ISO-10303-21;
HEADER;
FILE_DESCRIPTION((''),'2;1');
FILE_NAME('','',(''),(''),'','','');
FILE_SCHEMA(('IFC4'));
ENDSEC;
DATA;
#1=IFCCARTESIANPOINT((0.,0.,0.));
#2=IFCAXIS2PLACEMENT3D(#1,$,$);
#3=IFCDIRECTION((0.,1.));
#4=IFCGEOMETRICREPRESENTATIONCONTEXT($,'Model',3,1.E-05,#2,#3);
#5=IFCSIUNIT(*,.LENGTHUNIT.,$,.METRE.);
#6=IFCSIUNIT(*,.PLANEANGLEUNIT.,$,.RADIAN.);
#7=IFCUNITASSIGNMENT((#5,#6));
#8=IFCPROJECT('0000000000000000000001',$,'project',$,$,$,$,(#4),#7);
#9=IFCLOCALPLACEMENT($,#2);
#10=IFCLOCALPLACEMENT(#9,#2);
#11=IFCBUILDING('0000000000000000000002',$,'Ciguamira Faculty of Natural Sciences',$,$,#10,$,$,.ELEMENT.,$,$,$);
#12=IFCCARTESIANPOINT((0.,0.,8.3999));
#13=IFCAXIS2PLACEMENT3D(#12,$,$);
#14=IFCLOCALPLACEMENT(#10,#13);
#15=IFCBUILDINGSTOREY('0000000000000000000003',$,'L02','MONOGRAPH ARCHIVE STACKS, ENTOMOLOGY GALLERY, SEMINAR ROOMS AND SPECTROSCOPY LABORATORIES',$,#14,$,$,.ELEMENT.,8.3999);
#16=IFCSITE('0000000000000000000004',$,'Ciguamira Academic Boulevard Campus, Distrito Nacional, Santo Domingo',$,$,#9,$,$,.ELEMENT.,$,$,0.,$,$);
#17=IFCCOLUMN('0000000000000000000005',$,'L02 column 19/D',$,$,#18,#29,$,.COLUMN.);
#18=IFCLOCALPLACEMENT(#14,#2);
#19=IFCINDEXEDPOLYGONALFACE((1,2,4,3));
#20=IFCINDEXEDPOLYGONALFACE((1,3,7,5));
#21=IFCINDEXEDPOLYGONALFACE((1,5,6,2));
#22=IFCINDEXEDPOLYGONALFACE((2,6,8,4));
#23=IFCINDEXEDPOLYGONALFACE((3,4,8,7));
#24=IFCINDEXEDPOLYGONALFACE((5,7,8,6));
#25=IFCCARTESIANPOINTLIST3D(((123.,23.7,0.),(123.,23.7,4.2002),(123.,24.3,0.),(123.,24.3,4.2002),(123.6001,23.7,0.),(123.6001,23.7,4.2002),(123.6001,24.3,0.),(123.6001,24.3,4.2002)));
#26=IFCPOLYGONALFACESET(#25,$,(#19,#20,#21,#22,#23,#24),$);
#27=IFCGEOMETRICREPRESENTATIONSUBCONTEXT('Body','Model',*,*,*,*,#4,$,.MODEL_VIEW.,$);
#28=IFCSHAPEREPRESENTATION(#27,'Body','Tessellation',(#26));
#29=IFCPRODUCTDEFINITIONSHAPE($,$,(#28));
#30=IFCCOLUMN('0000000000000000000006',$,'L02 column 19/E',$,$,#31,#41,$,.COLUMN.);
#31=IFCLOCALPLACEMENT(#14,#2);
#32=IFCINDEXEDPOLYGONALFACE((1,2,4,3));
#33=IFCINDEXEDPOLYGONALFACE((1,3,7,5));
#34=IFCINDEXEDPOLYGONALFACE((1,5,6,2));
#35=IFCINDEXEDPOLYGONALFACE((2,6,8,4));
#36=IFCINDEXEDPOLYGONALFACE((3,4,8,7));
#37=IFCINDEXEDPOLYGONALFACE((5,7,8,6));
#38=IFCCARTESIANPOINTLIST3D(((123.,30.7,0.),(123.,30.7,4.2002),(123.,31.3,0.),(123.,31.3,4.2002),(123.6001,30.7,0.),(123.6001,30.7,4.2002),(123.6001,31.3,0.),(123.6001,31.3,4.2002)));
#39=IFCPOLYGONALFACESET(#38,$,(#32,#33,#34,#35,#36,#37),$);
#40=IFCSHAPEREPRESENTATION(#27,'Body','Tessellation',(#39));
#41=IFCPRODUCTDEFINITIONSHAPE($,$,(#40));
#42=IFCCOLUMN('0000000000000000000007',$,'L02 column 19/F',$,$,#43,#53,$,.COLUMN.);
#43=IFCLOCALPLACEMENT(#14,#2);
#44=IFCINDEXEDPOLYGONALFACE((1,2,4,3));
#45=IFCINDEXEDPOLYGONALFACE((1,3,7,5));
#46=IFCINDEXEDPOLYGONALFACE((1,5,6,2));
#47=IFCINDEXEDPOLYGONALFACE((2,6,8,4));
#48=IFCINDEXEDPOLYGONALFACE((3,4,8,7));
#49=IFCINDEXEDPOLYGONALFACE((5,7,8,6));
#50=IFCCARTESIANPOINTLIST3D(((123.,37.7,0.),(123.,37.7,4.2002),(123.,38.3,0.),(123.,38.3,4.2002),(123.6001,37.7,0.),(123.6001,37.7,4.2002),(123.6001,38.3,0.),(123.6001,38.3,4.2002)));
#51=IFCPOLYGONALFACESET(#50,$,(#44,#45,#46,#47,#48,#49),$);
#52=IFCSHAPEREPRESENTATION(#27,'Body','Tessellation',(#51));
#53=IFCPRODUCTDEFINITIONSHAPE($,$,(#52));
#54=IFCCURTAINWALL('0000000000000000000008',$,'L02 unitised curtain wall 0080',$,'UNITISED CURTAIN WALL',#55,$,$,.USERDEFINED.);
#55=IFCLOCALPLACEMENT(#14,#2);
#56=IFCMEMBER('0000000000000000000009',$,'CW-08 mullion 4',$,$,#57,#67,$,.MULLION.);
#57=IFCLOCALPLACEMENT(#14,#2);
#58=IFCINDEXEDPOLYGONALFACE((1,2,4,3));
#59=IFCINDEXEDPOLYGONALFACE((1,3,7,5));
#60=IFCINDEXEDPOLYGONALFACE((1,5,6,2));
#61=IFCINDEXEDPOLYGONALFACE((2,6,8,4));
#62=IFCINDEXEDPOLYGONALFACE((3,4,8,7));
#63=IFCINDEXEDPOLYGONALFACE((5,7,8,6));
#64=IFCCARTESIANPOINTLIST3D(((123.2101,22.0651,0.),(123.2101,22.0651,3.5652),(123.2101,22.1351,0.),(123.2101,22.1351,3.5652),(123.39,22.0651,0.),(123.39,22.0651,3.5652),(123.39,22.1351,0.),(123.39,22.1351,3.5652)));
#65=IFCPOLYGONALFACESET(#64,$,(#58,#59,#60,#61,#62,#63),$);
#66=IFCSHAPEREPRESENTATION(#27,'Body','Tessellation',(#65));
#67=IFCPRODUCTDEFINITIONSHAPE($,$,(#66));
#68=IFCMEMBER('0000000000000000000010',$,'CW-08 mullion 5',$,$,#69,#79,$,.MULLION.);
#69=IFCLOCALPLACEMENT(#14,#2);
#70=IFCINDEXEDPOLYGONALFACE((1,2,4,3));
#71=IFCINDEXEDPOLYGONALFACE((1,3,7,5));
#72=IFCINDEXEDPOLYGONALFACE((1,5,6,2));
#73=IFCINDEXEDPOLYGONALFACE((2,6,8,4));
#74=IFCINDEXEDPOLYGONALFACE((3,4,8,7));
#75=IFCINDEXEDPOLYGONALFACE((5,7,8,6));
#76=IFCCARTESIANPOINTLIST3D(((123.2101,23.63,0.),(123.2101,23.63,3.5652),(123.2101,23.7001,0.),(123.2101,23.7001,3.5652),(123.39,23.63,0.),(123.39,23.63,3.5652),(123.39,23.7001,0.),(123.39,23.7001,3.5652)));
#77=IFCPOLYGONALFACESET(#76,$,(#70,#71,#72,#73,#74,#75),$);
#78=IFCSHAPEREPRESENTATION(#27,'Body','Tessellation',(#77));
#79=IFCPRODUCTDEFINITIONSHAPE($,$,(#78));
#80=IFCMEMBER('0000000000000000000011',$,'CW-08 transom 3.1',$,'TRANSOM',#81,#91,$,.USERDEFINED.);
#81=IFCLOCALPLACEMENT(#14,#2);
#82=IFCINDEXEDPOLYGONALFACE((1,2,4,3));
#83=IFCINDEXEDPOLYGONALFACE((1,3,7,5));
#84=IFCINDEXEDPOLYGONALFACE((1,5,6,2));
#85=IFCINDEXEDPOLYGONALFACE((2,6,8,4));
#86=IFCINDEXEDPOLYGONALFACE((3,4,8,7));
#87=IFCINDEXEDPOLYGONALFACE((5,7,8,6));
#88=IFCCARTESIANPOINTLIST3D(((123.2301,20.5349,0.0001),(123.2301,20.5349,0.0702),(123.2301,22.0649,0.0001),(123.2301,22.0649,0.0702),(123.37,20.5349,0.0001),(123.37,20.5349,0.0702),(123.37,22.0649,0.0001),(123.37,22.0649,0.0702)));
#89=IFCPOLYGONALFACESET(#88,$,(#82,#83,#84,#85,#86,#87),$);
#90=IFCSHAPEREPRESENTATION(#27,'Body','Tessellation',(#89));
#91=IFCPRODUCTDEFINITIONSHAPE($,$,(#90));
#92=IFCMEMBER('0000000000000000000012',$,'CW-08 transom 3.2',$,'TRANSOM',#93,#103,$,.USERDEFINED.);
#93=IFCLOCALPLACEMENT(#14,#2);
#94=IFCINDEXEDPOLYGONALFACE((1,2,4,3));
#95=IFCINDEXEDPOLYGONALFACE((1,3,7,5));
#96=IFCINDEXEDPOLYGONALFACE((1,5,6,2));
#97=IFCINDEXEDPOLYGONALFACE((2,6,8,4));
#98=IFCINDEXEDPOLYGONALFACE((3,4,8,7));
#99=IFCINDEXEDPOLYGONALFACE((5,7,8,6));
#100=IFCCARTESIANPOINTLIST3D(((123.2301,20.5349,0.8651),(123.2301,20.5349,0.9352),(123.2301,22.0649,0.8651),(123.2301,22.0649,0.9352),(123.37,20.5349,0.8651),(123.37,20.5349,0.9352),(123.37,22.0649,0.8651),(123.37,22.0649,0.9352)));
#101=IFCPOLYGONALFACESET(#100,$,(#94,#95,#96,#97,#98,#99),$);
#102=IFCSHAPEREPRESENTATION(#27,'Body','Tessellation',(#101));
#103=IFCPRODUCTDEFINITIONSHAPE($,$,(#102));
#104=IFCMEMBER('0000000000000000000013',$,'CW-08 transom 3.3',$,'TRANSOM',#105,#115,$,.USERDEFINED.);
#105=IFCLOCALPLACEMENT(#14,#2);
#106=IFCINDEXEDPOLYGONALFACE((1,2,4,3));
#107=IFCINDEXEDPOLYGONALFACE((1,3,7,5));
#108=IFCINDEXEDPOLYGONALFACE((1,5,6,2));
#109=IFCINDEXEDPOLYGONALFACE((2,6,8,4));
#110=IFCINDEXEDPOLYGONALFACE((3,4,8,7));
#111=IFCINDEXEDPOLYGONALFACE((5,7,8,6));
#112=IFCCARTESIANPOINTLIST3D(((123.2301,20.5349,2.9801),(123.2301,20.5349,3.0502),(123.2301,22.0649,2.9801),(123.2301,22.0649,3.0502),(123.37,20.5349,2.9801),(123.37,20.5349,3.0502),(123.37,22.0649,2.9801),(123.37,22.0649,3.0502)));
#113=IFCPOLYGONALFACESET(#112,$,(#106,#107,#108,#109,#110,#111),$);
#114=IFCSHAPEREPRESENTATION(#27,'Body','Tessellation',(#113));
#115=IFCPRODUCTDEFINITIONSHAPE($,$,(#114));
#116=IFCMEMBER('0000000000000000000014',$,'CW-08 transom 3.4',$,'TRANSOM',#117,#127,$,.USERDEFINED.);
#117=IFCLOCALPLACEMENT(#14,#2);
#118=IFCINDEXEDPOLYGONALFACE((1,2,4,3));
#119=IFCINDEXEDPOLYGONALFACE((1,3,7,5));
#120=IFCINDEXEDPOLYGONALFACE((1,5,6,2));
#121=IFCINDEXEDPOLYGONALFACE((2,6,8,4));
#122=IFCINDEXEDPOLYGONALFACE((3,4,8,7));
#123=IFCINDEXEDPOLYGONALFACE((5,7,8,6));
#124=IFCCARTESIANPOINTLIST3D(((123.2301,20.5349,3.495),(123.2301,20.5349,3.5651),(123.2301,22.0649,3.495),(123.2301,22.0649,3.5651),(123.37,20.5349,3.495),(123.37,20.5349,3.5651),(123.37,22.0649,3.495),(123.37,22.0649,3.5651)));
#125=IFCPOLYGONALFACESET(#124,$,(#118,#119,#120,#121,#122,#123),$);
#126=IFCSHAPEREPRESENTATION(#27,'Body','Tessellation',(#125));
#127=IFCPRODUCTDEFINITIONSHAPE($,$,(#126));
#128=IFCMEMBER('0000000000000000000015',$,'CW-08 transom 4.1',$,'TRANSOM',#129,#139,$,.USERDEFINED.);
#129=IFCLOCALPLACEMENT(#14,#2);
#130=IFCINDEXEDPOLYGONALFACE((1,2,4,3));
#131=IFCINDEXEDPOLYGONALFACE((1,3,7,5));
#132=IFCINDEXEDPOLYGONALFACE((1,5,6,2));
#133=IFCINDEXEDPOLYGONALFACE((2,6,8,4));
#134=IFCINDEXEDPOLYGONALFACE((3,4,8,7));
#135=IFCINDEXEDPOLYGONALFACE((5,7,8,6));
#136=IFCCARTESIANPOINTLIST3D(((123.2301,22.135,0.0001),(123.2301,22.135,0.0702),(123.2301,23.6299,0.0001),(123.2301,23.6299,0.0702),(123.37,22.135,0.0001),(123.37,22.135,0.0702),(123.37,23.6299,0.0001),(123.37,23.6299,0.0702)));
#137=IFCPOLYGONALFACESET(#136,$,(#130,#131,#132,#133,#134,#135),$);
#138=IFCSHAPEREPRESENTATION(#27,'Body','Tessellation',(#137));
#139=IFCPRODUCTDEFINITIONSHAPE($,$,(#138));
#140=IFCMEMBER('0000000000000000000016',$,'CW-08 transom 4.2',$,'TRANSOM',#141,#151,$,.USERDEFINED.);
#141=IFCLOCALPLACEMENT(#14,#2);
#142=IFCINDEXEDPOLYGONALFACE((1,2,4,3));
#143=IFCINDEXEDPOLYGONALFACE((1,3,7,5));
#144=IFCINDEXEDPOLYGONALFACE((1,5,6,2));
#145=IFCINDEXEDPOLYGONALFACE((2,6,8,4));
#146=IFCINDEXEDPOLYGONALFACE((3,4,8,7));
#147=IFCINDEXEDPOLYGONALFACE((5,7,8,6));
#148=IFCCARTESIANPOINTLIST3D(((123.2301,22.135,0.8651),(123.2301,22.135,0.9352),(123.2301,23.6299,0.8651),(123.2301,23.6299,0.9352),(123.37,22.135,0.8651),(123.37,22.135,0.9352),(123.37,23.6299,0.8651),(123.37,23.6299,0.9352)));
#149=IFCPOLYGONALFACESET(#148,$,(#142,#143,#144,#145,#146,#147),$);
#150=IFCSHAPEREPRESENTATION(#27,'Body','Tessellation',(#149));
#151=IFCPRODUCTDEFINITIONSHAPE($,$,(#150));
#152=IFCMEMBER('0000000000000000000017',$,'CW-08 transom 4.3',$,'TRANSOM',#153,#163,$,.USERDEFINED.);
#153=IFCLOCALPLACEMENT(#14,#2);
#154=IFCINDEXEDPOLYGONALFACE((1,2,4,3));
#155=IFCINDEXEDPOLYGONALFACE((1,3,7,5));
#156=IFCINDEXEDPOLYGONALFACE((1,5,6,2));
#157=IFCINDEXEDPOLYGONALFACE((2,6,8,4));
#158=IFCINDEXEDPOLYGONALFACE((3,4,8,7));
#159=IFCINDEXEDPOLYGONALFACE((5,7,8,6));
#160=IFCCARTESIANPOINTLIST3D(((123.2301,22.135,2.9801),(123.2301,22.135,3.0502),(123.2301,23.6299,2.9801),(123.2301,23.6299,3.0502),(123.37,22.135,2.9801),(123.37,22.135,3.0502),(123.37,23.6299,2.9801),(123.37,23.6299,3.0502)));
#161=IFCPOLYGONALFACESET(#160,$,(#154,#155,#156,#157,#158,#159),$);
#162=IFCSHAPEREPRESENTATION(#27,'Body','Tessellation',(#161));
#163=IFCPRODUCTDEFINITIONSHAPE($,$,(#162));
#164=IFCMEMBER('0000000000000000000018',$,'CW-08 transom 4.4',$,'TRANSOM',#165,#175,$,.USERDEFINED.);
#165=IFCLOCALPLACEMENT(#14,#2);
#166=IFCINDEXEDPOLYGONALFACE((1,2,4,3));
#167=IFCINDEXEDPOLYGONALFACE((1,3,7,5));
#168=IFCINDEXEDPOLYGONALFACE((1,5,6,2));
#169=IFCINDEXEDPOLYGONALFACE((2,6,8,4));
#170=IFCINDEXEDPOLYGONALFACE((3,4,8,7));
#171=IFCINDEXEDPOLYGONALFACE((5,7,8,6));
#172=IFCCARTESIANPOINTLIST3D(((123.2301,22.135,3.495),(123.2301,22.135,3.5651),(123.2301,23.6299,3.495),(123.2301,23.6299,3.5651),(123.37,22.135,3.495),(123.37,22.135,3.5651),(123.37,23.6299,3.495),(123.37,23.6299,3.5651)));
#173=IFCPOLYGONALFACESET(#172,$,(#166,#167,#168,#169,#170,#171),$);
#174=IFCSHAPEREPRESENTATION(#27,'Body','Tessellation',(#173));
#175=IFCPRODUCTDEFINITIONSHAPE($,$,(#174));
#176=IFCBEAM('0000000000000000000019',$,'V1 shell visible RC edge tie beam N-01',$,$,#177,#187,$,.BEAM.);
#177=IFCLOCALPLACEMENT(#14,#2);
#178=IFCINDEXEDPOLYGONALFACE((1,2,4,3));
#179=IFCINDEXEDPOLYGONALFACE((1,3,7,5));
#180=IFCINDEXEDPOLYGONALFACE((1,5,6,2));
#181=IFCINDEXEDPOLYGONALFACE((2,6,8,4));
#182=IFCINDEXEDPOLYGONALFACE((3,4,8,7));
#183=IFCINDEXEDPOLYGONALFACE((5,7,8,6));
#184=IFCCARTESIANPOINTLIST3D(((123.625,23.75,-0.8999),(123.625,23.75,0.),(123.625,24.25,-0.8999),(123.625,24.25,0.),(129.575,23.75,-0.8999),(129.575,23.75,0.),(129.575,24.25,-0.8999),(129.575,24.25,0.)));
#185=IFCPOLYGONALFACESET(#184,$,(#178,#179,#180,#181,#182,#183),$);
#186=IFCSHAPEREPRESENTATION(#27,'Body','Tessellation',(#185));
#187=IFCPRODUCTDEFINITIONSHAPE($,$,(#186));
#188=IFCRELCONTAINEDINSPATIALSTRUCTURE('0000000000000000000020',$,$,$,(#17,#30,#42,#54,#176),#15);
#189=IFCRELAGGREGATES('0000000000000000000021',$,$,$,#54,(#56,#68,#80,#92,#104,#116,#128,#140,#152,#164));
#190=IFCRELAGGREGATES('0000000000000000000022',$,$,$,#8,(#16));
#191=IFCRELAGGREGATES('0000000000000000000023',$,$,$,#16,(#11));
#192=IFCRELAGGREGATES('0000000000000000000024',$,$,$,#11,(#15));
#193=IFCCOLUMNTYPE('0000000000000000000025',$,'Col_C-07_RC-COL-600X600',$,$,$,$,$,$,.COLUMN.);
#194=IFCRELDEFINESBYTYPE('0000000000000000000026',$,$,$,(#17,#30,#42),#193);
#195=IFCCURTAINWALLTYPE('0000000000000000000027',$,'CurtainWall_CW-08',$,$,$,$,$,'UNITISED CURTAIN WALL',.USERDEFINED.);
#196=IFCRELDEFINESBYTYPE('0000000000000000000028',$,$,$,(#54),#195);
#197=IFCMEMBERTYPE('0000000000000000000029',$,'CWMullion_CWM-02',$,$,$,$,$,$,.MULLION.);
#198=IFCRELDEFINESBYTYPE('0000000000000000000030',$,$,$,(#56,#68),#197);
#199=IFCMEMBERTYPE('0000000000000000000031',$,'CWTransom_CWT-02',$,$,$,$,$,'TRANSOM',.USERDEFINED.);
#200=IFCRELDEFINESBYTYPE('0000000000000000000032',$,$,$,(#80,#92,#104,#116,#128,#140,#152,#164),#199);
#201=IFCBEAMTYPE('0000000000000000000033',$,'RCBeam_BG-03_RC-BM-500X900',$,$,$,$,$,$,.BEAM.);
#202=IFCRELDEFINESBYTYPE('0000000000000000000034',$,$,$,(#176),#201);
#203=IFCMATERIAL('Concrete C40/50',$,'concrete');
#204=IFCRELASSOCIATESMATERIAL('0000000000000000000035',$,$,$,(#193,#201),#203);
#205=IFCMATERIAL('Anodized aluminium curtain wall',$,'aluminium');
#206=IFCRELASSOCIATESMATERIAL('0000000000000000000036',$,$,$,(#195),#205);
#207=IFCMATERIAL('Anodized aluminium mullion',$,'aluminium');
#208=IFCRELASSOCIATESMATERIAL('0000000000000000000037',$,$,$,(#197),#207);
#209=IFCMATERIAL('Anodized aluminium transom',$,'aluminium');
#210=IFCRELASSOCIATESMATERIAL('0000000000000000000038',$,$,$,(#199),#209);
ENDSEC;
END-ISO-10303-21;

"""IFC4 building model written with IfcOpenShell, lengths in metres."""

from ifc_helpers import new_model, si_unit, direction, frame, origin, origin_2d, place, context, subcontext, project, spatial, rectangle, extrude, material, material_profile, profile_set, type_object, element, aggregate, save


model = new_model("IFC4")

# Units and contexts
model_context = context("Model", 3, precision=1e-05, world=origin(), true_north=direction((0.0, 1.0)))
body_context = subcontext(model_context, "Body", "Model", "MODEL_VIEW")
ifc_project = project(units=[si_unit("LENGTHUNIT", "METRE"), si_unit("PLANEANGLEUNIT", "RADIAN")], contexts=[model_context])

# Site, building, storey
site_placement = place(None, origin())
site = spatial("IfcSite", under=ifc_project, at=site_placement, Name="Ciguamira Academic Boulevard Campus, Distrito Nacional, Santo Domingo", CompositionType="ELEMENT", RefElevation=0.0)
building_placement = place(site_placement, origin())
building = spatial("IfcBuilding", under=site, at=building_placement, Name="Ciguamira Faculty of Natural Sciences", CompositionType="ELEMENT")
storey_placement = place(building_placement, frame((0.0, 0.0, 8.3999)))
storey = spatial("IfcBuildingStorey", under=building, at=storey_placement, Name="L02", Description="MONOGRAPH ARCHIVE STACKS, ENTOMOLOGY GALLERY, SEMINAR ROOMS AND SPECTROSCOPY LABORATORIES", CompositionType="ELEMENT", Elevation=8.3999)

# Columns
ifc_material_1 = material(Name="Concrete C40/50", Category="concrete")
ifc_material_profile_1 = material_profile(ifc_material_1, rectangle(XDim=0.6001, YDim=0.6001, at=origin_2d()), Name="RC-COL-600X600")
ifc_profile_set_1 = profile_set([ifc_material_profile_1], Name="Concrete C40/50")
column_type = type_object("IfcColumnType", Name="Col_C-07_RC-COL-600X600", PredefinedType="COLUMN", material=ifc_profile_set_1)
for number, where, z_axis, x_axis, name in (
    (1, (123.3, 24.0, 0.0), (0.0, 0.0, 1.0), (1.0, 0.0, 0.0), "L02 column 19/D"),
    (2, (123.3, 31.0, 0.0), (0.0, 0.0, 1.0), (1.0, 0.0, 0.0), "L02 column 19/E"),
    (3, (123.3, 38.0, 0.0), (0.0, 0.0, 1.0), (1.0, 0.0, 0.0), "L02 column 19/F"),
):
    element("IfcColumn", number, at=place(storey_placement, frame(where, z_axis=z_axis, x_axis=x_axis)), inside=storey, type_object=column_type, Name=name, PredefinedType="COLUMN", context=body_context, shape_type="SweptSolid", body=[
        extrude(rectangle(XDim=0.6001, YDim=0.6001, at=origin_2d()), origin(), (0.0, 0.0, 1.0), 4.2002),
    ])

# Curtain wall, members
ifc_material_2 = material(Name="Anodized aluminium curtain wall", Category="aluminium")
curtain_wall_type = type_object("IfcCurtainWallType", Name="CurtainWall_CW-08", ElementType="UNITISED CURTAIN WALL", PredefinedType="USERDEFINED", material=ifc_material_2)
curtain_wall_placement = place(storey_placement, origin())
curtain_wall = element("IfcCurtainWall", 4, at=curtain_wall_placement, inside=storey, type_object=curtain_wall_type, Name="L02 unitised curtain wall 0080", ObjectType="UNITISED CURTAIN WALL", PredefinedType="USERDEFINED")
ifc_material_3 = material(Name="Anodized aluminium mullion", Category="aluminium")
ifc_material_profile_2 = material_profile(ifc_material_3, rectangle(XDim=0.0701, YDim=0.1799, at=origin_2d()), Name="ALU-MUL-70X180")
ifc_profile_set_2 = profile_set([ifc_material_profile_2], Name="Anodized aluminium mullion")
member_type_1 = type_object("IfcMemberType", Name="CWMullion_CWM-02", PredefinedType="MULLION", material=ifc_profile_set_2)
member_1_placement = place(storey_placement, frame((123.3, 22.1001, 0.0), z_axis=(0.0, 0.0, 1.0), x_axis=(0.0, 1.0, 0.0)))
member_1 = element("IfcMember", 5, at=member_1_placement, type_object=member_type_1, Name="CW-08 mullion 4", PredefinedType="MULLION", context=body_context, shape_type="SweptSolid", body=[
    extrude(rectangle(XDim=0.0701, YDim=0.1799, at=origin_2d()), origin(), (0.0, 0.0, 1.0), 3.5652),
])
member_2_placement = place(storey_placement, frame((123.3, 23.665, 0.0), z_axis=(0.0, 0.0, 1.0), x_axis=(0.0, 1.0, 0.0)))
member_2 = element("IfcMember", 6, at=member_2_placement, type_object=member_type_1, Name="CW-08 mullion 5", PredefinedType="MULLION", context=body_context, shape_type="SweptSolid", body=[
    extrude(rectangle(XDim=0.0701, YDim=0.1799, at=origin_2d()), origin(), (0.0, 0.0, 1.0), 3.5652),
])
ifc_material_4 = material(Name="Anodized aluminium transom", Category="aluminium")
ifc_material_profile_3 = material_profile(ifc_material_4, rectangle(XDim=0.0701, YDim=0.1399, at=origin_2d()), Name="ALU-TRN-70X140")
ifc_profile_set_3 = profile_set([ifc_material_profile_3], Name="Anodized aluminium transom")
member_type_2 = type_object("IfcMemberType", Name="CWTransom_CWT-02", ElementType="TRANSOM", PredefinedType="USERDEFINED", material=ifc_profile_set_3)
member_3_placement = place(storey_placement, frame((123.3, 20.5349, 0.0352), z_axis=(0.0, 1.0, 0.0), x_axis=(0.0, 0.0, 1.0)))
member_3 = element("IfcMember", 7, at=member_3_placement, type_object=member_type_2, Name="CW-08 transom 3.1", ObjectType="TRANSOM", PredefinedType="USERDEFINED", context=body_context, shape_type="SweptSolid", body=[
    extrude(rectangle(XDim=0.0701, YDim=0.1399, at=origin_2d()), origin(), (0.0, 0.0, 1.0), 1.53),
])
member_4_placement = place(storey_placement, frame((123.3, 20.5349, 0.9001), z_axis=(0.0, 1.0, 0.0), x_axis=(0.0, 0.0, 1.0)))
member_4 = element("IfcMember", 8, at=member_4_placement, type_object=member_type_2, Name="CW-08 transom 3.2", ObjectType="TRANSOM", PredefinedType="USERDEFINED", context=body_context, shape_type="SweptSolid", body=[
    extrude(rectangle(XDim=0.0701, YDim=0.1399, at=origin_2d()), origin(), (0.0, 0.0, 1.0), 1.53),
])
member_5_placement = place(storey_placement, frame((123.3, 20.5349, 3.0151), z_axis=(0.0, 1.0, 0.0), x_axis=(0.0, 0.0, 1.0)))
member_5 = element("IfcMember", 9, at=member_5_placement, type_object=member_type_2, Name="CW-08 transom 3.3", ObjectType="TRANSOM", PredefinedType="USERDEFINED", context=body_context, shape_type="SweptSolid", body=[
    extrude(rectangle(XDim=0.0701, YDim=0.1399, at=origin_2d()), origin(), (0.0, 0.0, 1.0), 1.53),
])
member_6_placement = place(storey_placement, frame((123.3, 20.5349, 3.53), z_axis=(0.0, 1.0, 0.0), x_axis=(0.0, 0.0, 1.0)))
member_6 = element("IfcMember", 10, at=member_6_placement, type_object=member_type_2, Name="CW-08 transom 3.4", ObjectType="TRANSOM", PredefinedType="USERDEFINED", context=body_context, shape_type="SweptSolid", body=[
    extrude(rectangle(XDim=0.0701, YDim=0.1399, at=origin_2d()), origin(), (0.0, 0.0, 1.0), 1.53),
])
member_7_placement = place(storey_placement, frame((123.3, 22.135, 0.0352), z_axis=(0.0, 1.0, 0.0), x_axis=(0.0, 0.0, 1.0)))
member_7 = element("IfcMember", 11, at=member_7_placement, type_object=member_type_2, Name="CW-08 transom 4.1", ObjectType="TRANSOM", PredefinedType="USERDEFINED", context=body_context, shape_type="SweptSolid", body=[
    extrude(rectangle(XDim=0.0701, YDim=0.1399, at=origin_2d()), origin(), (0.0, 0.0, 1.0), 1.4949),
])
member_8_placement = place(storey_placement, frame((123.3, 22.135, 0.9001), z_axis=(0.0, 1.0, 0.0), x_axis=(0.0, 0.0, 1.0)))
member_8 = element("IfcMember", 12, at=member_8_placement, type_object=member_type_2, Name="CW-08 transom 4.2", ObjectType="TRANSOM", PredefinedType="USERDEFINED", context=body_context, shape_type="SweptSolid", body=[
    extrude(rectangle(XDim=0.0701, YDim=0.1399, at=origin_2d()), origin(), (0.0, 0.0, 1.0), 1.4949),
])
member_9_placement = place(storey_placement, frame((123.3, 22.135, 3.0151), z_axis=(0.0, 1.0, 0.0), x_axis=(0.0, 0.0, 1.0)))
member_9 = element("IfcMember", 13, at=member_9_placement, type_object=member_type_2, Name="CW-08 transom 4.3", ObjectType="TRANSOM", PredefinedType="USERDEFINED", context=body_context, shape_type="SweptSolid", body=[
    extrude(rectangle(XDim=0.0701, YDim=0.1399, at=origin_2d()), origin(), (0.0, 0.0, 1.0), 1.4949),
])
member_10_placement = place(storey_placement, frame((123.3, 22.135, 3.53), z_axis=(0.0, 1.0, 0.0), x_axis=(0.0, 0.0, 1.0)))
member_10 = element("IfcMember", 14, at=member_10_placement, type_object=member_type_2, Name="CW-08 transom 4.4", ObjectType="TRANSOM", PredefinedType="USERDEFINED", context=body_context, shape_type="SweptSolid", body=[
    extrude(rectangle(XDim=0.0701, YDim=0.1399, at=origin_2d()), origin(), (0.0, 0.0, 1.0), 1.4949),
])

# Beam
ifc_material_profile_4 = material_profile(ifc_material_1, rectangle(XDim=0.5, YDim=0.8999, at=origin_2d()), Name="RC-BM-500X900")
ifc_profile_set_4 = profile_set([ifc_material_profile_4], Name="Concrete C40/50")
beam_type_1 = type_object("IfcBeamType", Name="RCBeam_BG-03_RC-BM-500X900", PredefinedType="BEAM", material=ifc_profile_set_4)
beam_placement = place(storey_placement, frame((123.625, 24.0, -0.45), z_axis=(1.0, 0.0, 0.0), x_axis=(0.0, 1.0, 0.0)))
element("IfcBeam", 15, at=beam_placement, inside=storey, type_object=beam_type_1, Name="V1 shell visible RC edge tie beam N-01", PredefinedType="BEAM", context=body_context, shape_type="SweptSolid", body=[
    extrude(rectangle(XDim=0.5, YDim=0.8999, at=origin_2d()), origin(), (0.0, 0.0, 1.0), 5.95),
])

aggregate(curtain_wall, [member_1, member_2, member_3, member_4, member_5, member_6, member_7, member_8, member_9, member_10])

save(model, "model.ifc")
